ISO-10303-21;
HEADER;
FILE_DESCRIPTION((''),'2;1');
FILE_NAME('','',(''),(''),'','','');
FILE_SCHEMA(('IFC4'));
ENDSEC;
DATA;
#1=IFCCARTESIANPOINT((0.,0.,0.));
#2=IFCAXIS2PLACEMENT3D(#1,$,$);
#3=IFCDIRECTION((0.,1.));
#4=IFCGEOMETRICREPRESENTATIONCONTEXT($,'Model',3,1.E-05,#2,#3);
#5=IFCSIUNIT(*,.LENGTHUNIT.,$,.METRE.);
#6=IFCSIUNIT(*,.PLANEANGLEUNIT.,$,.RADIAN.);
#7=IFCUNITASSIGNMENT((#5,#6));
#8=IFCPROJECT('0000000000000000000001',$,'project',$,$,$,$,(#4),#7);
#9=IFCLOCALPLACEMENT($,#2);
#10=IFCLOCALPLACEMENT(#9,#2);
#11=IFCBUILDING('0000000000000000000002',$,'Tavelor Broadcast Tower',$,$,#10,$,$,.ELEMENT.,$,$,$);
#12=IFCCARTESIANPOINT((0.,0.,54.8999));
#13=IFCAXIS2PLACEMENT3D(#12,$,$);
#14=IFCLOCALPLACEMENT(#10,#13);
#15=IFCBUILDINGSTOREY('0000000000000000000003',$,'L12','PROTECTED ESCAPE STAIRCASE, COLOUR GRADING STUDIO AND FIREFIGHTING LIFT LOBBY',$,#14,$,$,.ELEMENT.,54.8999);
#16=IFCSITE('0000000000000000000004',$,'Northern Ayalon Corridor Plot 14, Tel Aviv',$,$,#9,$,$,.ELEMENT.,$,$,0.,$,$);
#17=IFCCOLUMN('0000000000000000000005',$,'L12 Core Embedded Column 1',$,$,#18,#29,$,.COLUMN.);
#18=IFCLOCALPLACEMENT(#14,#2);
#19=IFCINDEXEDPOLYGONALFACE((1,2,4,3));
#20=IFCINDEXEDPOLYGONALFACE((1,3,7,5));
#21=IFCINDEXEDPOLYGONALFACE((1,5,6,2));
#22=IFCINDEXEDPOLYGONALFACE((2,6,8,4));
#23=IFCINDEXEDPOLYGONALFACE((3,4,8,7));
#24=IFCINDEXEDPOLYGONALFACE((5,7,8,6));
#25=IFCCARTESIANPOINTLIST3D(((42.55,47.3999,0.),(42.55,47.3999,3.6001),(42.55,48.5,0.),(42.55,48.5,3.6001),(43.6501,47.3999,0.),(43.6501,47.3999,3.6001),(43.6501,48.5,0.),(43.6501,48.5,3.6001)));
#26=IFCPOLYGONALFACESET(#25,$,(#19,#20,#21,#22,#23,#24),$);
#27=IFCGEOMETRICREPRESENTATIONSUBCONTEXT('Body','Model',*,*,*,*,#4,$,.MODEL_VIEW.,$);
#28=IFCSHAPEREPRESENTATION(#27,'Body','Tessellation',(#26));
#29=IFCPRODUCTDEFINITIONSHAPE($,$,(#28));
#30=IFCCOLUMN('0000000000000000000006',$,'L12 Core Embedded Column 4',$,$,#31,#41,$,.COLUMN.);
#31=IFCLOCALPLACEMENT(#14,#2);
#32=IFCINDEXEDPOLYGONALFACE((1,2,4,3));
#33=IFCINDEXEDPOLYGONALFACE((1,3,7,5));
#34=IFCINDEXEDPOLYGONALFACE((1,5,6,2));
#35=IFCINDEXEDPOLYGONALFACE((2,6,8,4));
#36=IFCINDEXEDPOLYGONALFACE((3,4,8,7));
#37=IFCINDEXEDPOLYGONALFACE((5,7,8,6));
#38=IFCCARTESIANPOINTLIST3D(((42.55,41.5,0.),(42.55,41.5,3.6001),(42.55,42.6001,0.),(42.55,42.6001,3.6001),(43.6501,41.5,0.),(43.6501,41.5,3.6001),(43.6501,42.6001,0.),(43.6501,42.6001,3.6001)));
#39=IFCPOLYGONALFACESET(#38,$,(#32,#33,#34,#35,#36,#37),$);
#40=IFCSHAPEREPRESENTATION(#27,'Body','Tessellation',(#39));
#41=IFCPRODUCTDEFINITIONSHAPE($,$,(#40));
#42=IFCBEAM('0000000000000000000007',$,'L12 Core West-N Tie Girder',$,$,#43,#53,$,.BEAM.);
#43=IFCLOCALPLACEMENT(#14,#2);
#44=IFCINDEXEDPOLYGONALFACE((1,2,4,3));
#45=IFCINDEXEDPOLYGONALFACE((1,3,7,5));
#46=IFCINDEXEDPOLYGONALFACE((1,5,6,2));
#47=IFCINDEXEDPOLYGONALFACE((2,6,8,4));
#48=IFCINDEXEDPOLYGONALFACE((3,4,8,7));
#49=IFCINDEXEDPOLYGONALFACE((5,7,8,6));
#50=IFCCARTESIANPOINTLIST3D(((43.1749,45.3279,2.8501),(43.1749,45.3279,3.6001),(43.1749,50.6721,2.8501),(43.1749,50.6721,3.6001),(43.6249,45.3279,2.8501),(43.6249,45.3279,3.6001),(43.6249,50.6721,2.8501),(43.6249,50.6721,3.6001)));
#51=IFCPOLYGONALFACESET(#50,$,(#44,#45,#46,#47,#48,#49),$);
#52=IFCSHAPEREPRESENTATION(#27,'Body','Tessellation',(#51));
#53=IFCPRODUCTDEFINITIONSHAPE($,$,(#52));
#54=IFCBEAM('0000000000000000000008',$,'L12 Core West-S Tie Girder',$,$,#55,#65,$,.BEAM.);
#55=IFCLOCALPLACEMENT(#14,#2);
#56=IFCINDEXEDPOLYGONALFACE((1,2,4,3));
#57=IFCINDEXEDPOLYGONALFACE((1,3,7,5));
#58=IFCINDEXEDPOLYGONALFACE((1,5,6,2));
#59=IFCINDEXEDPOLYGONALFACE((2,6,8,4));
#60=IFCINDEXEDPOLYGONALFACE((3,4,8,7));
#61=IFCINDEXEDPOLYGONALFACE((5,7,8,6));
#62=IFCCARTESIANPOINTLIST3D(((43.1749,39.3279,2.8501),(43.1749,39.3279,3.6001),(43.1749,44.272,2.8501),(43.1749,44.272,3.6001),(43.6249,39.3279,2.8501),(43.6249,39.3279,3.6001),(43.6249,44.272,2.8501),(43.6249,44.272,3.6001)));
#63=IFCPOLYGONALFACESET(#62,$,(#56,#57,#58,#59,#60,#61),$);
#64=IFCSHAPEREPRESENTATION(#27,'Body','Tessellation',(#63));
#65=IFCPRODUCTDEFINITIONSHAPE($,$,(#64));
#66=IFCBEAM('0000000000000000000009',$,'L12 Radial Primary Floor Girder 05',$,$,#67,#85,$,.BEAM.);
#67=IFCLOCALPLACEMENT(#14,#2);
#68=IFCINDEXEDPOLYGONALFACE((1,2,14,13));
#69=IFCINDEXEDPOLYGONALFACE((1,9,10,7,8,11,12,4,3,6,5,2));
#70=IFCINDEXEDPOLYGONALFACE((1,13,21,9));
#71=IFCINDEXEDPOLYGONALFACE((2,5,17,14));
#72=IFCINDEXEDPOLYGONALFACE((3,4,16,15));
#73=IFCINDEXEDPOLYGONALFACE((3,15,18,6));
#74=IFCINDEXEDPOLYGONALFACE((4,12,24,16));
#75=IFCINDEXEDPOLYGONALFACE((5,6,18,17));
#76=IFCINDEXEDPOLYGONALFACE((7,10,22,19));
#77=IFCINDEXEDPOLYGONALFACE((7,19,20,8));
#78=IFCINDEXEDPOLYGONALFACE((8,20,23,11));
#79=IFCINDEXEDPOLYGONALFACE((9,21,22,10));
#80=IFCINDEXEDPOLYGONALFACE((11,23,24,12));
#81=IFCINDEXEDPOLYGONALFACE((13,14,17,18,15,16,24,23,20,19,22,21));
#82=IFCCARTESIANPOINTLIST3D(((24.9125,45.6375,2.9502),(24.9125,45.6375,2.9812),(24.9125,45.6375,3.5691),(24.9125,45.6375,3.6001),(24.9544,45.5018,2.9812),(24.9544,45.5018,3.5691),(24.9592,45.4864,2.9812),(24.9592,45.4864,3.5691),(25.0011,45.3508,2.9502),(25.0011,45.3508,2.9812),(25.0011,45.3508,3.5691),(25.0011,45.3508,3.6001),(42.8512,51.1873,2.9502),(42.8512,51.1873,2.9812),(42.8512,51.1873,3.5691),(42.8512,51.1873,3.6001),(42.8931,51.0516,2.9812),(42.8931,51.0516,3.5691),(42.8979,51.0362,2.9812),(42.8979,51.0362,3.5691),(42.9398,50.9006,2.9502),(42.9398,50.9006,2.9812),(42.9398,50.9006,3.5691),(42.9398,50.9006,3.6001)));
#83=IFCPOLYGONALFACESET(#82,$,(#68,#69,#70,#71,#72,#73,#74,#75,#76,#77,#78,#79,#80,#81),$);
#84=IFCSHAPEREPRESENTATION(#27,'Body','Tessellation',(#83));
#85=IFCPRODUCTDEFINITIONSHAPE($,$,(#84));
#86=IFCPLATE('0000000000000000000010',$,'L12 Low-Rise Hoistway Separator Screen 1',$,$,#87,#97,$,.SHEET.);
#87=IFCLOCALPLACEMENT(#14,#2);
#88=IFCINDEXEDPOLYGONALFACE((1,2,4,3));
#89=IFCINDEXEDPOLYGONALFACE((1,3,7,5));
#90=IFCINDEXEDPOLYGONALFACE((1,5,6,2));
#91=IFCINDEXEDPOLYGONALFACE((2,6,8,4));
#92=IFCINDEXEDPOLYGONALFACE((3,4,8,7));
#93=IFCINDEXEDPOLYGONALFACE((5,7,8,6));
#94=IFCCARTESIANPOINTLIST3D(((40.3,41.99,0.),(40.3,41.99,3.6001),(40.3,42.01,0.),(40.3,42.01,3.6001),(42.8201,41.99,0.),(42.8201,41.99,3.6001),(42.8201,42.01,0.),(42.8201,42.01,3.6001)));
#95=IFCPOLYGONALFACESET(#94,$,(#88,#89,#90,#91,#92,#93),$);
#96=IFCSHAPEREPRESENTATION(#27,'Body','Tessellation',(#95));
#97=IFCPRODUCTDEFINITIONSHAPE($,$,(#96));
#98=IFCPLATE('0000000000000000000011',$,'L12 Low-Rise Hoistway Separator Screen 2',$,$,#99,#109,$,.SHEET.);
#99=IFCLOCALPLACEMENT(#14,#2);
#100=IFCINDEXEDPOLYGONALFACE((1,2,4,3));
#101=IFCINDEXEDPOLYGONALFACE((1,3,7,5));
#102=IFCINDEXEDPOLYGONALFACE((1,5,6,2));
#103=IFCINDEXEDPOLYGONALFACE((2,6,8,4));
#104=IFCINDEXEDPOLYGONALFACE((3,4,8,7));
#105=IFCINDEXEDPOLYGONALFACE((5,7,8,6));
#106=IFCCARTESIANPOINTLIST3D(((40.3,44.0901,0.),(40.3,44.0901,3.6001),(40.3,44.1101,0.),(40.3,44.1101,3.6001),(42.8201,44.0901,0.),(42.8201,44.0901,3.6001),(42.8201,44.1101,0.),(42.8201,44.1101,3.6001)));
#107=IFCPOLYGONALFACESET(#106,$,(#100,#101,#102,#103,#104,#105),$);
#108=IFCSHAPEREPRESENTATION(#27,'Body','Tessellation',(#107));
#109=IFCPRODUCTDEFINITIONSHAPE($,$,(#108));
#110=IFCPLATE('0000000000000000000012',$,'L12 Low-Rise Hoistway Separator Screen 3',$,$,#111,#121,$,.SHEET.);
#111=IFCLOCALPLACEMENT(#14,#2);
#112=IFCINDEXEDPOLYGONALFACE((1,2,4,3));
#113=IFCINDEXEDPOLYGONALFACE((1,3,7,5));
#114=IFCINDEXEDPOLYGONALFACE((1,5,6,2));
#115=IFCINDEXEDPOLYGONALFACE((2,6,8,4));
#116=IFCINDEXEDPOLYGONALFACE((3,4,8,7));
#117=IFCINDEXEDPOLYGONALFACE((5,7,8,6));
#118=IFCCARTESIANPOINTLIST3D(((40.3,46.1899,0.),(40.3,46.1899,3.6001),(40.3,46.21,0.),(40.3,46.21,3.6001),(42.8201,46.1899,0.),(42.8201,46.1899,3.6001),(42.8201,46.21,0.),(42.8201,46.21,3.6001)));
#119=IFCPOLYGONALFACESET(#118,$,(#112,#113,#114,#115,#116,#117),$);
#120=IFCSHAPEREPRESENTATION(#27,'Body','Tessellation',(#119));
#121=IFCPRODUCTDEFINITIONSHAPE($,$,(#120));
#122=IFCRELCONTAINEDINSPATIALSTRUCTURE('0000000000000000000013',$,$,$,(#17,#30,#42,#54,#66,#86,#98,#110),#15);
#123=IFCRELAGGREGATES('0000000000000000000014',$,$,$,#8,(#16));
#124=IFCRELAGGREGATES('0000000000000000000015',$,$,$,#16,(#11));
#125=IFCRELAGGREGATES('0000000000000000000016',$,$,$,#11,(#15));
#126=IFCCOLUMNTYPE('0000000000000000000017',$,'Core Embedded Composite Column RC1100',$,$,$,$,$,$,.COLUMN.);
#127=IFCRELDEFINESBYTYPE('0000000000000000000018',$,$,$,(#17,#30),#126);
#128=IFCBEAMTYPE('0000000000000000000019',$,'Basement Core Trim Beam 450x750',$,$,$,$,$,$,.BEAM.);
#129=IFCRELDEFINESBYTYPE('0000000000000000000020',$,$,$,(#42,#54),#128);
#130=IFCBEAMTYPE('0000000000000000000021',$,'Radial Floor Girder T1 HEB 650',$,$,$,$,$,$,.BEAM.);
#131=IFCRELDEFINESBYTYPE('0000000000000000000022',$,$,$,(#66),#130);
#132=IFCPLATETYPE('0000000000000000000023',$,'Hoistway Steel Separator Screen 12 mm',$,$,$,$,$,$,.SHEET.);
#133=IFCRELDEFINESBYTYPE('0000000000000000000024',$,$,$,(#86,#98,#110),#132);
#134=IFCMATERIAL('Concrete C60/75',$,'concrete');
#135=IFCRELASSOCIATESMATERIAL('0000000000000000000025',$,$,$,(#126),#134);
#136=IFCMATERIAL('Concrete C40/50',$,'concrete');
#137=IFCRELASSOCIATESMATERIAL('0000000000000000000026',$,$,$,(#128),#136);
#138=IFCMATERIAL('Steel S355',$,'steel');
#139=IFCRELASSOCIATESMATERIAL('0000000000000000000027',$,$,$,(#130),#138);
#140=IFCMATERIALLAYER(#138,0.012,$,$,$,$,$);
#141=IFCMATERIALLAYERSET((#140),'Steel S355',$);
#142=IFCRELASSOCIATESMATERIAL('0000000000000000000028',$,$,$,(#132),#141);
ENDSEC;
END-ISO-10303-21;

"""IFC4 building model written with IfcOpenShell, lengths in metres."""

from ifc_helpers import new_model, si_unit, direction, frame, origin, origin_2d, place, context, subcontext, project, spatial, rectangle, i_section, extrude, source, transform, mapped, material, layer, layer_set, material_profile, profile_set, type_object, type_shapes, element, save


model = new_model("IFC4")

# Units and contexts
model_context = context("Model", 3, precision=1e-05, world=origin(), true_north=direction((0.0, 1.0)))
body_context = subcontext(model_context, "Body", "Model", "MODEL_VIEW")
ifc_project = project(units=[si_unit("LENGTHUNIT", "METRE"), si_unit("PLANEANGLEUNIT", "RADIAN")], contexts=[model_context])

# Site, building, storey
site_placement = place(None, origin())
site = spatial("IfcSite", under=ifc_project, at=site_placement, Name="Northern Ayalon Corridor Plot 14, Tel Aviv", CompositionType="ELEMENT", RefElevation=0.0)
building_placement = place(site_placement, origin())
building = spatial("IfcBuilding", under=site, at=building_placement, Name="Tavelor Broadcast Tower", CompositionType="ELEMENT")
storey_placement = place(building_placement, frame((0.0, 0.0, 54.8999)))
storey = spatial("IfcBuildingStorey", under=building, at=storey_placement, Name="L12", Description="PROTECTED ESCAPE STAIRCASE, COLOUR GRADING STUDIO AND FIREFIGHTING LIFT LOBBY", CompositionType="ELEMENT", Elevation=54.8999)

# Columns
ifc_material_1 = material(Name="Concrete C60/75", Category="concrete")
ifc_material_profile_1 = material_profile(ifc_material_1, rectangle(XDim=1.1001, YDim=1.1001, at=origin_2d()), Name="RC 1100x1100")
ifc_profile_set_1 = profile_set([ifc_material_profile_1], Name="Concrete C60/75")
column_type = type_object("IfcColumnType", Name="Core Embedded Composite Column RC1100", PredefinedType="COLUMN", material=ifc_profile_set_1)
for number, where, z_axis, x_axis, name in (
    (1, (43.1001, 47.95, 0.0), (0.0, 0.0, 1.0), (1.0, 0.0, 0.0), "L12 Core Embedded Column 1"),
    (2, (43.1001, 42.05, 0.0), (0.0, 0.0, 1.0), (1.0, 0.0, 0.0), "L12 Core Embedded Column 4"),
):
    element("IfcColumn", number, at=place(storey_placement, frame(where, z_axis=z_axis, x_axis=x_axis)), inside=storey, type_object=column_type, Name=name, PredefinedType="COLUMN", context=body_context, shape_type="SweptSolid", body=[
        extrude(rectangle(XDim=1.1001, YDim=1.1001, at=origin_2d()), origin(), (0.0, 0.0, 1.0), 3.6001),
    ])

# Beams
ifc_material_2 = material(Name="Concrete C40/50", Category="concrete")
ifc_material_profile_2 = material_profile(ifc_material_2, rectangle(XDim=0.45, YDim=0.75, at=origin_2d()), Name="RC 450x750")
ifc_profile_set_2 = profile_set([ifc_material_profile_2], Name="Concrete C40/50")
beam_type_1 = type_object("IfcBeamType", Name="Basement Core Trim Beam 450x750", PredefinedType="BEAM", material=ifc_profile_set_2)
beam_1_placement = place(storey_placement, frame((43.3999, 45.3279, 3.2251), z_axis=(0.0, 1.0, 0.0), x_axis=(-1.0, 0.0, 0.0)))
element("IfcBeam", 3, at=beam_1_placement, inside=storey, type_object=beam_type_1, Name="L12 Core West-N Tie Girder", PredefinedType="BEAM", context=body_context, shape_type="SweptSolid", body=[
    extrude(rectangle(XDim=0.45, YDim=0.75, at=origin_2d()), origin(), (0.0, 0.0, 1.0), 5.3442),
])
beam_2_placement = place(storey_placement, frame((43.3999, 39.3279, 3.2251), z_axis=(0.0, 1.0, 0.0), x_axis=(-1.0, 0.0, 0.0)))
element("IfcBeam", 4, at=beam_2_placement, inside=storey, type_object=beam_type_1, Name="L12 Core West-S Tie Girder", PredefinedType="BEAM", context=body_context, shape_type="SweptSolid", body=[
    extrude(rectangle(XDim=0.45, YDim=0.75, at=origin_2d()), origin(), (0.0, 0.0, 1.0), 4.9441),
])
ifc_material_3 = material(Name="Steel S355", Category="steel")
ifc_material_profile_3 = material_profile(ifc_material_3, i_section(OverallWidth=0.3, OverallDepth=0.6499, WebThickness=0.0161, FlangeThickness=0.031, at=origin_2d()), Name="HEB 650")
ifc_profile_set_3 = profile_set([ifc_material_profile_3], Name="Steel S355")
beam_type_2 = type_object("IfcBeamType", Name="Radial Floor Girder T1 HEB 650", PredefinedType="BEAM", material=ifc_profile_set_3)
beam_3_placement = place(storey_placement, frame((42.8955, 51.0439, 3.2751), z_axis=(-0.955326, -0.295555, 0.0), x_axis=(0.295555, -0.955326, 0.0)))
element("IfcBeam", 5, at=beam_3_placement, inside=storey, type_object=beam_type_2, Name="L12 Radial Primary Floor Girder 05", PredefinedType="BEAM", context=body_context, shape_type="SweptSolid", body=[
    extrude(i_section(OverallWidth=0.3, OverallDepth=0.6499, WebThickness=0.0161, FlangeThickness=0.031, at=origin_2d()), origin(), (0.0, 0.0, 1.0), 18.7776),
])

# Plates
ifc_layer_1 = layer(ifc_material_3, 0.012)
ifc_layer_set_1 = layer_set([ifc_layer_1], Name="Steel S355")
plate_type = type_object("IfcPlateType", Name="Hoistway Steel Separator Screen 12 mm", PredefinedType="SHEET", material=ifc_layer_set_1)
shared_shape = source(origin(), body_context, "Body", "SweptSolid", [
    extrude(rectangle(XDim=2.52, YDim=0.02, at=origin_2d()), origin(), (0.0, 0.0, 1.0), 3.6001),
])
type_shapes(plate_type, [shared_shape])
for number, where, z_axis, x_axis, name in (
    (6, (41.5601, 42.0, 0.0), (0.0, 0.0, 1.0), (1.0, 0.0, 0.0), "L12 Low-Rise Hoistway Separator Screen 1"),
    (7, (41.5601, 44.1001, 0.0), (0.0, 0.0, 1.0), (1.0, 0.0, 0.0), "L12 Low-Rise Hoistway Separator Screen 2"),
    (8, (41.5601, 46.2, 0.0), (0.0, 0.0, 1.0), (1.0, 0.0, 0.0), "L12 Low-Rise Hoistway Separator Screen 3"),
):
    element("IfcPlate", number, at=place(storey_placement, frame(where, z_axis=z_axis, x_axis=x_axis)), inside=storey, type_object=plate_type, Name=name, PredefinedType="SHEET", context=body_context, shape_type="MappedRepresentation", body=[
        mapped(shared_shape, transform((0.0, 0.0, 0.0), scale=1.0)),
    ])

save(model, "model.ifc")
